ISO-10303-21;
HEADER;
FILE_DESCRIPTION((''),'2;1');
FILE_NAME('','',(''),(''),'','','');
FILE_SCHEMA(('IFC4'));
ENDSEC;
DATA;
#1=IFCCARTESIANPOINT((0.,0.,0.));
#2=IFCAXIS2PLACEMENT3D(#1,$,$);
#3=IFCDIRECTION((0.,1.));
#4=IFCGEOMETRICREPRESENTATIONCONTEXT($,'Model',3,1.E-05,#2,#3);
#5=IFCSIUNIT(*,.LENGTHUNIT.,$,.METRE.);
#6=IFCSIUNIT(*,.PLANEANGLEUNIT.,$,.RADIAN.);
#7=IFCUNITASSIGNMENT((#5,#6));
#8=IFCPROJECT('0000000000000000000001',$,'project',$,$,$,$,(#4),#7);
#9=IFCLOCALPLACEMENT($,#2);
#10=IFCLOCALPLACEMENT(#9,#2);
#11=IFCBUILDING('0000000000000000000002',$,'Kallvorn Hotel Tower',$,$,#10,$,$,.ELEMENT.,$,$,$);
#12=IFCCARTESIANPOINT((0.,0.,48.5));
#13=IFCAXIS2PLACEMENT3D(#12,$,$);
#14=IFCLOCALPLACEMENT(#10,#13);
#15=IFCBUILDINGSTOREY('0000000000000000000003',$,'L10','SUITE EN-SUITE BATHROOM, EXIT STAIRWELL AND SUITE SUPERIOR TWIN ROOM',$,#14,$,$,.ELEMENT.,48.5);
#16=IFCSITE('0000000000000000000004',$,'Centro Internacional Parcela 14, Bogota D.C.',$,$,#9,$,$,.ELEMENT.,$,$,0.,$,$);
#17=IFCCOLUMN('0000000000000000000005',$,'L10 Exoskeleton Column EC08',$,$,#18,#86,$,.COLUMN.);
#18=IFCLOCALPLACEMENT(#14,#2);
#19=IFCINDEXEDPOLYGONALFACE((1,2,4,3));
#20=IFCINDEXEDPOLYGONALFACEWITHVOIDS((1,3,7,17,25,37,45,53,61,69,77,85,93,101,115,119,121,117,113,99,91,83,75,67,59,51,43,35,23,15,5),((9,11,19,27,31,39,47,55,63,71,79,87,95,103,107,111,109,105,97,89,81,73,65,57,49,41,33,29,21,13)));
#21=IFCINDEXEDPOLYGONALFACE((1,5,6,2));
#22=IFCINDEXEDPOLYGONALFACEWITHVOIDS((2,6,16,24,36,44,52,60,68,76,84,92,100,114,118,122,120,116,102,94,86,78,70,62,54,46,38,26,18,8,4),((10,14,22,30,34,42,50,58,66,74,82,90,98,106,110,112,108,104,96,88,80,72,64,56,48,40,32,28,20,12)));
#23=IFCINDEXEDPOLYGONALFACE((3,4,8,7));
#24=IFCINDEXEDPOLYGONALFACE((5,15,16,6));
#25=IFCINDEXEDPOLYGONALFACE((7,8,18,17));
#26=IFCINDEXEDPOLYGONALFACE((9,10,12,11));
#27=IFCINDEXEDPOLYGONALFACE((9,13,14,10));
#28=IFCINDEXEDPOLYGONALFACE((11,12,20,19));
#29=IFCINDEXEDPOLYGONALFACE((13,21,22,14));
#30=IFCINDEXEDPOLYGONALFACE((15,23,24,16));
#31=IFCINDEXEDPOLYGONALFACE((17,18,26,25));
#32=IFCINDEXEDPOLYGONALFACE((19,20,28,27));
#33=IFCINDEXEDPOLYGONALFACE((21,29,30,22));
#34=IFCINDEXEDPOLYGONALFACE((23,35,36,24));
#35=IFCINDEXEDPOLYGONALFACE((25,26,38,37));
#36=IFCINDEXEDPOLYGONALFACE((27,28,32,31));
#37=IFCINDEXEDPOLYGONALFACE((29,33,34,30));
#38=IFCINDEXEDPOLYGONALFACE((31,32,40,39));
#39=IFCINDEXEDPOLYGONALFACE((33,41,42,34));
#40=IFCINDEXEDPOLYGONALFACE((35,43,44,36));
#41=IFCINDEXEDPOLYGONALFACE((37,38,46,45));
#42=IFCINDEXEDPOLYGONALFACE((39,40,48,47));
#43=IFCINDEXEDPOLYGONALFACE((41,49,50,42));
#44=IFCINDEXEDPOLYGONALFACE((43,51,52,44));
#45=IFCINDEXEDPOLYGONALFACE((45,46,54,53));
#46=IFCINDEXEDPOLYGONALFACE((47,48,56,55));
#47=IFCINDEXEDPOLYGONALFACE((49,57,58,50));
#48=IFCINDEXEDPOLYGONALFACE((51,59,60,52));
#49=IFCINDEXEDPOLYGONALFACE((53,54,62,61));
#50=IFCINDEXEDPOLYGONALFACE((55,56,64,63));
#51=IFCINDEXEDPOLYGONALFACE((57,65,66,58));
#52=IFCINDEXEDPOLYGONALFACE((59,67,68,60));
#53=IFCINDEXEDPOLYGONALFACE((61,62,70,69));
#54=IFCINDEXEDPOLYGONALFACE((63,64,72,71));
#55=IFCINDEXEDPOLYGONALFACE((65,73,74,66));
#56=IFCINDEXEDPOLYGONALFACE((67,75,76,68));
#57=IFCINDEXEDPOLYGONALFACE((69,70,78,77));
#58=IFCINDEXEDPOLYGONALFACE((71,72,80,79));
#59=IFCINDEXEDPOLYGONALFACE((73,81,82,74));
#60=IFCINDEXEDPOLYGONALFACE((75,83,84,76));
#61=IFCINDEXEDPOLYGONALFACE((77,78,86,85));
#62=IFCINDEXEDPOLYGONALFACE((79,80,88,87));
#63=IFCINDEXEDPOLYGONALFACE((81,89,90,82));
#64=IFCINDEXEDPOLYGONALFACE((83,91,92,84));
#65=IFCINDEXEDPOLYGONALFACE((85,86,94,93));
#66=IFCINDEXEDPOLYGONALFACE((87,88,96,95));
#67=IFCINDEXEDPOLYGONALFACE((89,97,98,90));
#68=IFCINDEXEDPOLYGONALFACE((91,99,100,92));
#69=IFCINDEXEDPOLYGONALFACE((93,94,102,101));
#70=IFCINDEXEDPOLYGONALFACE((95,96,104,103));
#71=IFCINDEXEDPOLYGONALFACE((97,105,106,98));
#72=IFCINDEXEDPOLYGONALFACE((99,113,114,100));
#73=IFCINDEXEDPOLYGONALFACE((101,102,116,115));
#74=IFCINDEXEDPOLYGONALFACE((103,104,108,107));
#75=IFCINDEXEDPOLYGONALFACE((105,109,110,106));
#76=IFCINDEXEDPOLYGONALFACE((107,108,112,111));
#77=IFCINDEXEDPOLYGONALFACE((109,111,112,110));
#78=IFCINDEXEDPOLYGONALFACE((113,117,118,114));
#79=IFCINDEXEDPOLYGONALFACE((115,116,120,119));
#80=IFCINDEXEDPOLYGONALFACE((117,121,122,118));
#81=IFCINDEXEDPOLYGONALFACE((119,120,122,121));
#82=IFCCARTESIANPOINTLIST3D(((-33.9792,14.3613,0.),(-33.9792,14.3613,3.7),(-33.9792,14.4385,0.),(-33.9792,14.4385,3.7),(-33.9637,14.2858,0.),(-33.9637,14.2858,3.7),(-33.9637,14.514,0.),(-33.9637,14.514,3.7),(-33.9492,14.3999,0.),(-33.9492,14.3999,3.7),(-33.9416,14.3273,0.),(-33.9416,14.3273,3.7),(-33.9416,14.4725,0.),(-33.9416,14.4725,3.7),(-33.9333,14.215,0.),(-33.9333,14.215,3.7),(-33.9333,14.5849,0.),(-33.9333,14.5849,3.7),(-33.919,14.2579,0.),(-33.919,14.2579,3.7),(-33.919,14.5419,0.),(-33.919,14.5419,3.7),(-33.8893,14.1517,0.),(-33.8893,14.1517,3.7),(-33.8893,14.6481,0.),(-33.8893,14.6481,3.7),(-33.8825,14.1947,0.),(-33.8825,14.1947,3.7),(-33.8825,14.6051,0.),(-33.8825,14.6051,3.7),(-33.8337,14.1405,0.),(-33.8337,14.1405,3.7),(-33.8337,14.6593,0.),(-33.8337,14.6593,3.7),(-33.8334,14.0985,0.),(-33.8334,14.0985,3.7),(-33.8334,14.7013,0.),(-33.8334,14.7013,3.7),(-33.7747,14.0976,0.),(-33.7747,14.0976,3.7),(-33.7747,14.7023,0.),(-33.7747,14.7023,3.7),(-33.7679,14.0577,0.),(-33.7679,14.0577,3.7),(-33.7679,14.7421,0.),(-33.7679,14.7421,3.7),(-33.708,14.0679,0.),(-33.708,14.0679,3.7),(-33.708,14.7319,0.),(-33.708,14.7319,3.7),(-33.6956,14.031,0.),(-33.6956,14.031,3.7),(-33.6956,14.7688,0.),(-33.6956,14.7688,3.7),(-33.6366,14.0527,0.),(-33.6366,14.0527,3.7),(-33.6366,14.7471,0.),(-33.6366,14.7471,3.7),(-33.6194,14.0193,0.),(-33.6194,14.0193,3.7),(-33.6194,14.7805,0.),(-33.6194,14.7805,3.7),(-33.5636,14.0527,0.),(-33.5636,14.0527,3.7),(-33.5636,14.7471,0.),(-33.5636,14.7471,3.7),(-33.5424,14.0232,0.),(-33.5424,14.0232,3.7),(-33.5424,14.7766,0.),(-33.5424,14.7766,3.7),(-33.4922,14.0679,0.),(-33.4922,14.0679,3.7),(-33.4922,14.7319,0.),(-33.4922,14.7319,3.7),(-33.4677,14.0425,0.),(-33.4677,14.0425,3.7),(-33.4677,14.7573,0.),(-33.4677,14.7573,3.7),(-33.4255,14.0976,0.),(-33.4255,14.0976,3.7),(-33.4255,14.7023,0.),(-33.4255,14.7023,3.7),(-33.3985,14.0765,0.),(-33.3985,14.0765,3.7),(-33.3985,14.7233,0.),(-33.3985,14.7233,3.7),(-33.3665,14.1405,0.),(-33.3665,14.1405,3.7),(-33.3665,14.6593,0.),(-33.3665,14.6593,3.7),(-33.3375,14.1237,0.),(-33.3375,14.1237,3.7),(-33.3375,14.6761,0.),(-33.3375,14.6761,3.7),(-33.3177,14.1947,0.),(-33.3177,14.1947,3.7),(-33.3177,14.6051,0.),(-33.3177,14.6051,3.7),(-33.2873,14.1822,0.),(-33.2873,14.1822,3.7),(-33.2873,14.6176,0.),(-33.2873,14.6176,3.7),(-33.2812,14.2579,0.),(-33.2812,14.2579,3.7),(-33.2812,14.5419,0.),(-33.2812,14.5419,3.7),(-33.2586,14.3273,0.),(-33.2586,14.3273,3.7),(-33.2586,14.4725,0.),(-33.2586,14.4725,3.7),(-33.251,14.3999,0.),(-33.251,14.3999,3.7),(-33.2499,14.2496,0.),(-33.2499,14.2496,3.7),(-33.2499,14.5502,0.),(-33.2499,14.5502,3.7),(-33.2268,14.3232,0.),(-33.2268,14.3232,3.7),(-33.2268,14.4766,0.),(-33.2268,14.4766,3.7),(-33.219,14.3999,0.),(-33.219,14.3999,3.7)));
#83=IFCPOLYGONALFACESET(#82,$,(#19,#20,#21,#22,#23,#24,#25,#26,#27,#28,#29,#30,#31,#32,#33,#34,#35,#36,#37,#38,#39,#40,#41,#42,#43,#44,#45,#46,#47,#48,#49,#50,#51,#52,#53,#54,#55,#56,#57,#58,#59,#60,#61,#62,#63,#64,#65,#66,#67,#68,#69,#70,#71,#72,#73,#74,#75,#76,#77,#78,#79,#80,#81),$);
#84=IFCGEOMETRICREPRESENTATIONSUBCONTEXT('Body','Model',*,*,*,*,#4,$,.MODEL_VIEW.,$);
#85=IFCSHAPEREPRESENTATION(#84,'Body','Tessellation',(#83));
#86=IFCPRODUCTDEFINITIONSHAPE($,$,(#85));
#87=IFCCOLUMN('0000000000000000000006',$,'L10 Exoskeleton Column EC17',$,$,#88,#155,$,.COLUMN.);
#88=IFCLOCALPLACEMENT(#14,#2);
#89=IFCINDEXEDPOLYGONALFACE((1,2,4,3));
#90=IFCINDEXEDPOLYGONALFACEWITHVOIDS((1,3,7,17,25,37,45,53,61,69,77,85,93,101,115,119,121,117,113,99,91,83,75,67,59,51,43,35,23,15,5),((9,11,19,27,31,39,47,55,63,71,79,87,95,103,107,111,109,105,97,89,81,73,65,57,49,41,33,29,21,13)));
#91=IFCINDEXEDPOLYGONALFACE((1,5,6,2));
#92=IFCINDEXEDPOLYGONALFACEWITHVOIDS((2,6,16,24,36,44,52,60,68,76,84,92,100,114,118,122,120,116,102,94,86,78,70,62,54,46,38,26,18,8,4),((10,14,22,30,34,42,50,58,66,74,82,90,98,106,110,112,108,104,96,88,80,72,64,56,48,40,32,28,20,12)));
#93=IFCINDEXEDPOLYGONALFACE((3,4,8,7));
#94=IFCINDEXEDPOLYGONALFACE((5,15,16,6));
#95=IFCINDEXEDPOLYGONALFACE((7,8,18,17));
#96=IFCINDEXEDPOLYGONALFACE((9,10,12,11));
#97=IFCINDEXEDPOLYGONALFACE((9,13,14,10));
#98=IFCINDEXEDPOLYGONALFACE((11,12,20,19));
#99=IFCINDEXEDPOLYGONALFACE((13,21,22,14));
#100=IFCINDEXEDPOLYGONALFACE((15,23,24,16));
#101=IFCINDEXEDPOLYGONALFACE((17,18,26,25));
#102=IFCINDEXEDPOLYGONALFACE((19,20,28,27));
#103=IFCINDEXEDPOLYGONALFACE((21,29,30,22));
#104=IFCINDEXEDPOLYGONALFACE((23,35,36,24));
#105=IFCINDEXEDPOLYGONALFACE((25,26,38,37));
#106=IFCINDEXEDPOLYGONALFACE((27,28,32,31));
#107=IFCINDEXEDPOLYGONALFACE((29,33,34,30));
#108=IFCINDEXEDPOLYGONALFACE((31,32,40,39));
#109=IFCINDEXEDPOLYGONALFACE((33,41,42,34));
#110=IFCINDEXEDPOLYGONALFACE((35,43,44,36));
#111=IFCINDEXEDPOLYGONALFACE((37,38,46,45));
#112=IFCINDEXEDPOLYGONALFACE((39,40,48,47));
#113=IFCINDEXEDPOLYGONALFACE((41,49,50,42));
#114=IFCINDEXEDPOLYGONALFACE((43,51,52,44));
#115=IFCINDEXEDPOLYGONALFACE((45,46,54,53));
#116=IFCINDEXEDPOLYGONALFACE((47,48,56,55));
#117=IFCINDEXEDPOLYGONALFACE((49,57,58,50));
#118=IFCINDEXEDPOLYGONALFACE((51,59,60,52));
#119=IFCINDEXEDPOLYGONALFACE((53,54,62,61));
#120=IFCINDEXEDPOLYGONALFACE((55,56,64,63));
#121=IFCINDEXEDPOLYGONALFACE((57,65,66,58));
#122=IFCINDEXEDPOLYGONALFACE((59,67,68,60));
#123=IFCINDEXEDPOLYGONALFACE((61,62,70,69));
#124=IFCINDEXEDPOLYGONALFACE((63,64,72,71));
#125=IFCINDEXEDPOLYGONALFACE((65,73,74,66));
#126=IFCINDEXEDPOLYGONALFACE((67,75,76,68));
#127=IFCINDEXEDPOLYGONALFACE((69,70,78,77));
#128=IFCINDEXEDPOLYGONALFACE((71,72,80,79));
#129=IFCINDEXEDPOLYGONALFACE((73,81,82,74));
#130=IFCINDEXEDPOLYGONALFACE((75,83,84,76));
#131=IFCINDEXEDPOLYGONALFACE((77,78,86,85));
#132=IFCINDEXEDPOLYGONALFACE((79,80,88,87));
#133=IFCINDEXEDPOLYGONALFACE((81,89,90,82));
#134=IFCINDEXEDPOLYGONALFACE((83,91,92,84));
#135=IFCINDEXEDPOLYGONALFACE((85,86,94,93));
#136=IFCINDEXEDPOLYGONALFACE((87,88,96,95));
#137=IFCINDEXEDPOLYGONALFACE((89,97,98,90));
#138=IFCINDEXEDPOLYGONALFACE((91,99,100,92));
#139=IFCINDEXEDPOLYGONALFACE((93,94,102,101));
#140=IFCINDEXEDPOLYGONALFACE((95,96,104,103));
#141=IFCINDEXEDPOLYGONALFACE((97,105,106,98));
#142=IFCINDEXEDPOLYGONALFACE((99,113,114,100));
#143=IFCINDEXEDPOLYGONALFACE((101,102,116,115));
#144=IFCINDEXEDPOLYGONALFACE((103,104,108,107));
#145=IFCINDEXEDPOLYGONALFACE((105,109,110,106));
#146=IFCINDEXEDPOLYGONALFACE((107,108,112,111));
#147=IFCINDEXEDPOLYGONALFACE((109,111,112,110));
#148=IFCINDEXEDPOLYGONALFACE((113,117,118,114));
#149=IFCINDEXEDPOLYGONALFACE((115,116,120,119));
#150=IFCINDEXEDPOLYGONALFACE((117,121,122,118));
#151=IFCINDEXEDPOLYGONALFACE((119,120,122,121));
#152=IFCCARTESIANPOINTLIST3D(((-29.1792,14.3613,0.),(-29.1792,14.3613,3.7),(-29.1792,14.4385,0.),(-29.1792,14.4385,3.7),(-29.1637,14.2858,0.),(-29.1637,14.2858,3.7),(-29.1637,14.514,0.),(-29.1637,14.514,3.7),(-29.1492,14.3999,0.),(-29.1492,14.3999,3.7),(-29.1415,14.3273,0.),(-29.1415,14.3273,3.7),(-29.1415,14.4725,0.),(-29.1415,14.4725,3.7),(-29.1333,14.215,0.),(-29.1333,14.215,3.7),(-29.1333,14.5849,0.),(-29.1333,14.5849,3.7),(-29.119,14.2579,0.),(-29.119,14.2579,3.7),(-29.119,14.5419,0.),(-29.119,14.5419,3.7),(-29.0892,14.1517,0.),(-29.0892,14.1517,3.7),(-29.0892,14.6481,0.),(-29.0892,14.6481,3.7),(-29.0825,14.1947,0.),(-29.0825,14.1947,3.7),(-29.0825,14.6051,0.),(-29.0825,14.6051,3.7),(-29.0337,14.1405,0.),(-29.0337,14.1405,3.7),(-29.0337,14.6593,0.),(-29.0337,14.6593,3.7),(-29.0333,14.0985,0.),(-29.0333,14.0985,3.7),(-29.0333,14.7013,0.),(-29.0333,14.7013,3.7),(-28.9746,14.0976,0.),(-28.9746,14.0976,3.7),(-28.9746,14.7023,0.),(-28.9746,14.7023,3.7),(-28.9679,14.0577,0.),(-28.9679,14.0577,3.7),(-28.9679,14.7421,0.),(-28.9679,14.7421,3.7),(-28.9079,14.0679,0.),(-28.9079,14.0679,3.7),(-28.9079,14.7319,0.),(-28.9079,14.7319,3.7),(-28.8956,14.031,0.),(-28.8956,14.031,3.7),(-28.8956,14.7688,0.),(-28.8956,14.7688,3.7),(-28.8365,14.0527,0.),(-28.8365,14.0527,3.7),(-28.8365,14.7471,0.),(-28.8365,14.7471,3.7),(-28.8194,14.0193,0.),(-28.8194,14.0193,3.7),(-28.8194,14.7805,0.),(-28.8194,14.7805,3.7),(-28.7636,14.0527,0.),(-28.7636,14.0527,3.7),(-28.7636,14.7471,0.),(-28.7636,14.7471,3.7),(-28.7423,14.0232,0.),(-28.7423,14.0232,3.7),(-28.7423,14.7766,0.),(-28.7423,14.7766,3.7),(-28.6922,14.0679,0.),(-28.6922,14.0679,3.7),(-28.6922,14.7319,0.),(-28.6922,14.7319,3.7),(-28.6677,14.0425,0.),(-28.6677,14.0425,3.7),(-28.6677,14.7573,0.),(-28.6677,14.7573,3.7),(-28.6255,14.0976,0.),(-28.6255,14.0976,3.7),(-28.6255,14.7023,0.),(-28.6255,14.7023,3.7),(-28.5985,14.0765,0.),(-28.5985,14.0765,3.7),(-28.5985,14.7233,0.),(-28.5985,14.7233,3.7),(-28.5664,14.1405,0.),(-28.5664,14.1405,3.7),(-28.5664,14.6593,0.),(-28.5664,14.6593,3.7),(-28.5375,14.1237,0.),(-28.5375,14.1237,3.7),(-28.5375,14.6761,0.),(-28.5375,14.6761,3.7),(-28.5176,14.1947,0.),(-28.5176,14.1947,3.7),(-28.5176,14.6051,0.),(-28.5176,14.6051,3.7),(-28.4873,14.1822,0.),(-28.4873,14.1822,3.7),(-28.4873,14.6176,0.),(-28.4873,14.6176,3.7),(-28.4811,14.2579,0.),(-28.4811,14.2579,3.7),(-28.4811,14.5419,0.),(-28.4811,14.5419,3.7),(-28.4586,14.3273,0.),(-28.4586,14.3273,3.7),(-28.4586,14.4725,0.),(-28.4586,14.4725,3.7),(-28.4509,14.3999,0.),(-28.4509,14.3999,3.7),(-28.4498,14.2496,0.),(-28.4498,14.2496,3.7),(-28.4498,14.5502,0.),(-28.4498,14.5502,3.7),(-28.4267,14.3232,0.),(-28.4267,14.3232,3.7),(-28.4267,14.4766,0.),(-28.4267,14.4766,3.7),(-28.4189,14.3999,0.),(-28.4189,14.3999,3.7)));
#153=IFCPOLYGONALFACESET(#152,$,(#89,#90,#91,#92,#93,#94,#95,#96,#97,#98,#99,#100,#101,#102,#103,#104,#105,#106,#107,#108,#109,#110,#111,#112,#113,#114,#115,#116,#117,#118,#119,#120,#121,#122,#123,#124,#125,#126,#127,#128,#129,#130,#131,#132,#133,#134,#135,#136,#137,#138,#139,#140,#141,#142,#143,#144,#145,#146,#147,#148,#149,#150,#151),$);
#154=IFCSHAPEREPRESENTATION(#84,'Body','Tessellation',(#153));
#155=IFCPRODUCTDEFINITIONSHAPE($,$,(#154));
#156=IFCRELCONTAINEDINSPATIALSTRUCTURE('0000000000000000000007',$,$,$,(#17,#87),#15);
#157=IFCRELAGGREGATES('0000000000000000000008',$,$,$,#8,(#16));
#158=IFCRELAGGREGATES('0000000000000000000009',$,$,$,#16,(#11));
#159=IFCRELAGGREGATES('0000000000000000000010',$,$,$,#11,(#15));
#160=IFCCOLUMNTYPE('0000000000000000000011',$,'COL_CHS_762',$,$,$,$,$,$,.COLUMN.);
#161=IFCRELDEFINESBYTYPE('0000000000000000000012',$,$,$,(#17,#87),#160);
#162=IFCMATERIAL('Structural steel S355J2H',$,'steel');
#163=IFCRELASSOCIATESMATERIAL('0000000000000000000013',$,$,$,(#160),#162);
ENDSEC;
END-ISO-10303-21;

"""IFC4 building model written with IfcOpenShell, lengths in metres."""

from ifc_helpers import new_model, si_unit, direction, frame, origin, origin_2d, place, context, subcontext, project, spatial, hollow_circle, extrude, material, material_profile, profile_set, type_object, element, save


model = new_model("IFC4")

# Units and contexts
model_context = context("Model", 3, precision=1e-05, world=origin(), true_north=direction((0.0, 1.0)))
body_context = subcontext(model_context, "Body", "Model", "MODEL_VIEW")
ifc_project = project(units=[si_unit("LENGTHUNIT", "METRE"), si_unit("PLANEANGLEUNIT", "RADIAN")], contexts=[model_context])

# Site, building, storey
site_placement = place(None, origin())
site = spatial("IfcSite", under=ifc_project, at=site_placement, Name="Centro Internacional Parcela 14, Bogota D.C.", CompositionType="ELEMENT", RefElevation=0.0)
building_placement = place(site_placement, origin())
building = spatial("IfcBuilding", under=site, at=building_placement, Name="Kallvorn Hotel Tower", CompositionType="ELEMENT")
storey_placement = place(building_placement, frame((0.0, 0.0, 48.5)))
storey = spatial("IfcBuildingStorey", under=building, at=storey_placement, Name="L10", Description="SUITE EN-SUITE BATHROOM, EXIT STAIRWELL AND SUITE SUPERIOR TWIN ROOM", CompositionType="ELEMENT", Elevation=48.5)

# Columns
ifc_material_1 = material(Name="Structural steel S355J2H", Category="steel")
ifc_material_profile_1 = material_profile(ifc_material_1, hollow_circle(Radius=0.3811, WallThickness=0.032, at=origin_2d()), Name="CHS 762x32")
ifc_profile_set_1 = profile_set([ifc_material_profile_1], Name="Structural steel S355J2H")
column_type_1 = type_object("IfcColumnType", Name="COL_CHS_762", PredefinedType="COLUMN", material=ifc_profile_set_1)
for number, where, z_axis, x_axis, name in (
    (1, (-33.6001, 14.3999, 0.0), (0.0, 0.0, 1.0), (1.0, 0.0, 0.0), "L10 Exoskeleton Column EC08"),
    (2, (-28.8, 14.3999, 0.0), (0.0, 0.0, 1.0), (1.0, 0.0, 0.0), "L10 Exoskeleton Column EC17"),
):
    element("IfcColumn", number, at=place(storey_placement, frame(where, z_axis=z_axis, x_axis=x_axis)), inside=storey, type_object=column_type_1, Name=name, PredefinedType="COLUMN", context=body_context, shape_type="SweptSolid", body=[
        extrude(hollow_circle(Radius=0.3811, WallThickness=0.032, at=origin_2d()), origin(), (0.0, 0.0, 1.0), 3.7),
    ])

save(model, "model.ifc")
